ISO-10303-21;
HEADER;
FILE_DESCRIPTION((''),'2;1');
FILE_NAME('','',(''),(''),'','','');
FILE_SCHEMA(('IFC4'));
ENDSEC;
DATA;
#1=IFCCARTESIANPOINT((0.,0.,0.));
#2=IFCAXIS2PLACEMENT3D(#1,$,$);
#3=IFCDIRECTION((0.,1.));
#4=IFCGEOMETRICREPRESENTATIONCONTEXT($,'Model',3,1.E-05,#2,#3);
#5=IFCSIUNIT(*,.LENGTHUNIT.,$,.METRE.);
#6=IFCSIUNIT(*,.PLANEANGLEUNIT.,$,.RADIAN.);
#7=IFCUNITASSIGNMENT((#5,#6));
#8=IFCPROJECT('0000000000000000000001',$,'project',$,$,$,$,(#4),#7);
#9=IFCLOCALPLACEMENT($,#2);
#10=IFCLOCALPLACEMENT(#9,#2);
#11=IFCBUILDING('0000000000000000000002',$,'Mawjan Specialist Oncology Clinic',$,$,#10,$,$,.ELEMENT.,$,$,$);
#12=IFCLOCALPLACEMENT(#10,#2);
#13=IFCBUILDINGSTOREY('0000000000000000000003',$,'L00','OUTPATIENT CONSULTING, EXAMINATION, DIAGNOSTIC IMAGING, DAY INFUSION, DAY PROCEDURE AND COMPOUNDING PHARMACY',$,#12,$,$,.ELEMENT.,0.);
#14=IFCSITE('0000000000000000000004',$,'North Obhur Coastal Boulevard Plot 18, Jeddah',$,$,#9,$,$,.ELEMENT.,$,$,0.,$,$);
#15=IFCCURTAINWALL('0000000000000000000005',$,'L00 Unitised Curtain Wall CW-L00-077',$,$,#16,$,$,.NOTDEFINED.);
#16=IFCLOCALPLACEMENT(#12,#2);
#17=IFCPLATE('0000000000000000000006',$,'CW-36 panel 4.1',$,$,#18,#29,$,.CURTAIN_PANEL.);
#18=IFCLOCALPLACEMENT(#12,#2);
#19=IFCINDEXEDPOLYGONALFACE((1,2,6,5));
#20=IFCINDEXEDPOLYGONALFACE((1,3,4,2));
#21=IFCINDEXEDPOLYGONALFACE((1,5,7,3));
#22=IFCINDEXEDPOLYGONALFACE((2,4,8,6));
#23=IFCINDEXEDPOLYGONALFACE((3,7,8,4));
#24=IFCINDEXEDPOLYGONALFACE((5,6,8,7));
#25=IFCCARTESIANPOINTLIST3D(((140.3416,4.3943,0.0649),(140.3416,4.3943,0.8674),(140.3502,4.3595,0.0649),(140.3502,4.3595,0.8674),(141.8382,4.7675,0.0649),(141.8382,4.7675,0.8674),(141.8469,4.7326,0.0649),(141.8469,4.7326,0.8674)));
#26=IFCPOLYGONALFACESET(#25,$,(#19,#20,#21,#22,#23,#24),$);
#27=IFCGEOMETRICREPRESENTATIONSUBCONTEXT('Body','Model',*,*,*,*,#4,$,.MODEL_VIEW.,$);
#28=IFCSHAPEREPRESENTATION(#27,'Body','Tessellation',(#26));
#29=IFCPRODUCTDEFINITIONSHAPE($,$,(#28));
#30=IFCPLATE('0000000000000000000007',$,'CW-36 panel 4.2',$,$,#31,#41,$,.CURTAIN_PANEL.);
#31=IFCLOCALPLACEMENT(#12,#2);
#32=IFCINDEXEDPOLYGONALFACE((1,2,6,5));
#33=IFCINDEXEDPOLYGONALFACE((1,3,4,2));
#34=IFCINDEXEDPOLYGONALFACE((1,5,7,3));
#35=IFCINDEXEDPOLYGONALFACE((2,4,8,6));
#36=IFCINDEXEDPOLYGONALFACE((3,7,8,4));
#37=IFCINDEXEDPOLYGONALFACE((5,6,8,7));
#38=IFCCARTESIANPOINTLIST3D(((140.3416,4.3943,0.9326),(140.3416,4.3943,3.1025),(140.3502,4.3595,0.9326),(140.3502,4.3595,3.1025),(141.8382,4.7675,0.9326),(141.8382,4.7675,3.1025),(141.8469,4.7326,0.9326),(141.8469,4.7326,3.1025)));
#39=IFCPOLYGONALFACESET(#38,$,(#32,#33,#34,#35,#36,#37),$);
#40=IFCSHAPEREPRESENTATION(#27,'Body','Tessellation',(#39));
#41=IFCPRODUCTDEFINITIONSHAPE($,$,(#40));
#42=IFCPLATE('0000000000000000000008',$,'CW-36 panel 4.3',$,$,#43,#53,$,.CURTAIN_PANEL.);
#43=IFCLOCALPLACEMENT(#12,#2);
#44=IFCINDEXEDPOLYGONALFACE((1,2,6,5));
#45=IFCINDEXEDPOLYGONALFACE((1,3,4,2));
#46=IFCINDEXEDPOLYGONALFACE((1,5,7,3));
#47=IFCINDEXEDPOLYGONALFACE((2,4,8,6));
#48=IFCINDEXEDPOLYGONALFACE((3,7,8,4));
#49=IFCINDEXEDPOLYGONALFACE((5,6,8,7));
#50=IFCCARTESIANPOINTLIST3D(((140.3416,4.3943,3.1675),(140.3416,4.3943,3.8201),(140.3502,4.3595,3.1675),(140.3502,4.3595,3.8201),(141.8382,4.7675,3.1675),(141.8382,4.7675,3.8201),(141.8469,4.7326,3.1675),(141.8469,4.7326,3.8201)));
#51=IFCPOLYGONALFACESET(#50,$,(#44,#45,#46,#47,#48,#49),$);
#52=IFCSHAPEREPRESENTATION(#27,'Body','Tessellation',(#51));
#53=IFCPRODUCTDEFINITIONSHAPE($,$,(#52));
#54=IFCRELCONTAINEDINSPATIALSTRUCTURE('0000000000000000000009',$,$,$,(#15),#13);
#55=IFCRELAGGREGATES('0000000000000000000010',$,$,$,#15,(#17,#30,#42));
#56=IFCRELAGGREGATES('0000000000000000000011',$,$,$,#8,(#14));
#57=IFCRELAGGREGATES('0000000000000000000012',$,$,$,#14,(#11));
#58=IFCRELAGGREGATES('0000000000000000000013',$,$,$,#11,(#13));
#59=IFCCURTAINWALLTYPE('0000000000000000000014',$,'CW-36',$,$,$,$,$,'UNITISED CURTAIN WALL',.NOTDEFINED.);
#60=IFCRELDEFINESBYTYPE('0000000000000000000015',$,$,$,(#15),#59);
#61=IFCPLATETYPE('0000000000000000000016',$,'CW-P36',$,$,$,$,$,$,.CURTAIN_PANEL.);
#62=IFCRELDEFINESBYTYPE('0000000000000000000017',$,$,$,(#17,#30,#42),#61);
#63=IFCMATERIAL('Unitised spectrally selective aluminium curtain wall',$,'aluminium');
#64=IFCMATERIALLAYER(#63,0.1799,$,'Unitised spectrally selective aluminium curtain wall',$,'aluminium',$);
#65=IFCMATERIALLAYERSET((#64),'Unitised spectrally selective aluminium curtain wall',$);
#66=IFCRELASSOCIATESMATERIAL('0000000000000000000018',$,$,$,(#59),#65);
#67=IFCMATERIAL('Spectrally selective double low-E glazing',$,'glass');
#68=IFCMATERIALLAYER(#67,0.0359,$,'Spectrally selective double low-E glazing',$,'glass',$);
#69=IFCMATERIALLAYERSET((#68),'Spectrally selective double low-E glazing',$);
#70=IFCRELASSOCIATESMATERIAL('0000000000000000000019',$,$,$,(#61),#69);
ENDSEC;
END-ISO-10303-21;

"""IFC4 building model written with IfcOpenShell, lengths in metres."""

from ifc_helpers import new_model, si_unit, direction, frame, origin, origin_2d, place, context, subcontext, project, spatial, rectangle, extrude, material, layer, layer_set, type_object, element, aggregate, save


model = new_model("IFC4")

# Units and contexts
model_context = context("Model", 3, precision=1e-05, world=origin(), true_north=direction((0.0, 1.0)))
body_context = subcontext(model_context, "Body", "Model", "MODEL_VIEW")
ifc_project = project(units=[si_unit("LENGTHUNIT", "METRE"), si_unit("PLANEANGLEUNIT", "RADIAN")], contexts=[model_context])

# Site, building, storey
site_placement = place(None, origin())
site = spatial("IfcSite", under=ifc_project, at=site_placement, Name="North Obhur Coastal Boulevard Plot 18, Jeddah", CompositionType="ELEMENT", RefElevation=0.0)
building_placement = place(site_placement, origin())
building = spatial("IfcBuilding", under=site, at=building_placement, Name="Mawjan Specialist Oncology Clinic", CompositionType="ELEMENT")
storey_placement = place(building_placement, origin())
storey = spatial("IfcBuildingStorey", under=building, at=storey_placement, Name="L00", Description="OUTPATIENT CONSULTING, EXAMINATION, DIAGNOSTIC IMAGING, DAY INFUSION, DAY PROCEDURE AND COMPOUNDING PHARMACY", CompositionType="ELEMENT", Elevation=0.0)

# Curtain wall, plates
ifc_material_1 = material(Name="Unitised spectrally selective aluminium curtain wall", Category="aluminium")
ifc_layer_1 = layer(ifc_material_1, 0.1799, Name="Unitised spectrally selective aluminium curtain wall", Category="aluminium")
ifc_layer_set_1 = layer_set([ifc_layer_1], Name="Unitised spectrally selective aluminium curtain wall")
curtain_wall_type = type_object("IfcCurtainWallType", Name="CW-36", ElementType="UNITISED CURTAIN WALL", PredefinedType="NOTDEFINED", material=ifc_layer_set_1)
curtain_wall_placement = place(storey_placement, origin())
curtain_wall = element("IfcCurtainWall", 1, at=curtain_wall_placement, inside=storey, type_object=curtain_wall_type, Name="L00 Unitised Curtain Wall CW-L00-077", PredefinedType="NOTDEFINED")
ifc_material_2 = material(Name="Spectrally selective double low-E glazing", Category="glass")
ifc_layer_2 = layer(ifc_material_2, 0.0359, Name="Spectrally selective double low-E glazing", Category="glass")
ifc_layer_set_2 = layer_set([ifc_layer_2], Name="Spectrally selective double low-E glazing")
plate_type = type_object("IfcPlateType", Name="CW-P36", PredefinedType="CURTAIN_PANEL", material=ifc_layer_set_2)
plate_1_placement = place(storey_placement, frame((141.0942, 4.5635, 0.0649), z_axis=(0.0, 0.0, 1.0), x_axis=(-0.970296, -0.241922, 0.0)))
plate_1 = element("IfcPlate", 2, at=plate_1_placement, type_object=plate_type, Name="CW-36 panel 4.1", PredefinedType="CURTAIN_PANEL", context=body_context, shape_type="SweptSolid", body=[
    extrude(rectangle(XDim=1.5425, YDim=0.0359, at=origin_2d()), origin(), (0.0, 0.0, 1.0), 0.8025),
])
plate_2_placement = place(storey_placement, frame((141.0942, 4.5635, 0.9326), z_axis=(0.0, 0.0, 1.0), x_axis=(-0.970296, -0.241922, 0.0)))
plate_2 = element("IfcPlate", 3, at=plate_2_placement, type_object=plate_type, Name="CW-36 panel 4.2", PredefinedType="CURTAIN_PANEL", context=body_context, shape_type="SweptSolid", body=[
    extrude(rectangle(XDim=1.5425, YDim=0.0359, at=origin_2d()), origin(), (0.0, 0.0, 1.0), 2.1699),
])
plate_3_placement = place(storey_placement, frame((141.0942, 4.5635, 3.1675), z_axis=(0.0, 0.0, 1.0), x_axis=(-0.970296, -0.241922, 0.0)))
plate_3 = element("IfcPlate", 4, at=plate_3_placement, type_object=plate_type, Name="CW-36 panel 4.3", PredefinedType="CURTAIN_PANEL", context=body_context, shape_type="SweptSolid", body=[
    extrude(rectangle(XDim=1.5425, YDim=0.0359, at=origin_2d()), origin(), (0.0, 0.0, 1.0), 0.6526),
])
aggregate(curtain_wall, [plate_1, plate_2, plate_3])

save(model, "model.ifc")
